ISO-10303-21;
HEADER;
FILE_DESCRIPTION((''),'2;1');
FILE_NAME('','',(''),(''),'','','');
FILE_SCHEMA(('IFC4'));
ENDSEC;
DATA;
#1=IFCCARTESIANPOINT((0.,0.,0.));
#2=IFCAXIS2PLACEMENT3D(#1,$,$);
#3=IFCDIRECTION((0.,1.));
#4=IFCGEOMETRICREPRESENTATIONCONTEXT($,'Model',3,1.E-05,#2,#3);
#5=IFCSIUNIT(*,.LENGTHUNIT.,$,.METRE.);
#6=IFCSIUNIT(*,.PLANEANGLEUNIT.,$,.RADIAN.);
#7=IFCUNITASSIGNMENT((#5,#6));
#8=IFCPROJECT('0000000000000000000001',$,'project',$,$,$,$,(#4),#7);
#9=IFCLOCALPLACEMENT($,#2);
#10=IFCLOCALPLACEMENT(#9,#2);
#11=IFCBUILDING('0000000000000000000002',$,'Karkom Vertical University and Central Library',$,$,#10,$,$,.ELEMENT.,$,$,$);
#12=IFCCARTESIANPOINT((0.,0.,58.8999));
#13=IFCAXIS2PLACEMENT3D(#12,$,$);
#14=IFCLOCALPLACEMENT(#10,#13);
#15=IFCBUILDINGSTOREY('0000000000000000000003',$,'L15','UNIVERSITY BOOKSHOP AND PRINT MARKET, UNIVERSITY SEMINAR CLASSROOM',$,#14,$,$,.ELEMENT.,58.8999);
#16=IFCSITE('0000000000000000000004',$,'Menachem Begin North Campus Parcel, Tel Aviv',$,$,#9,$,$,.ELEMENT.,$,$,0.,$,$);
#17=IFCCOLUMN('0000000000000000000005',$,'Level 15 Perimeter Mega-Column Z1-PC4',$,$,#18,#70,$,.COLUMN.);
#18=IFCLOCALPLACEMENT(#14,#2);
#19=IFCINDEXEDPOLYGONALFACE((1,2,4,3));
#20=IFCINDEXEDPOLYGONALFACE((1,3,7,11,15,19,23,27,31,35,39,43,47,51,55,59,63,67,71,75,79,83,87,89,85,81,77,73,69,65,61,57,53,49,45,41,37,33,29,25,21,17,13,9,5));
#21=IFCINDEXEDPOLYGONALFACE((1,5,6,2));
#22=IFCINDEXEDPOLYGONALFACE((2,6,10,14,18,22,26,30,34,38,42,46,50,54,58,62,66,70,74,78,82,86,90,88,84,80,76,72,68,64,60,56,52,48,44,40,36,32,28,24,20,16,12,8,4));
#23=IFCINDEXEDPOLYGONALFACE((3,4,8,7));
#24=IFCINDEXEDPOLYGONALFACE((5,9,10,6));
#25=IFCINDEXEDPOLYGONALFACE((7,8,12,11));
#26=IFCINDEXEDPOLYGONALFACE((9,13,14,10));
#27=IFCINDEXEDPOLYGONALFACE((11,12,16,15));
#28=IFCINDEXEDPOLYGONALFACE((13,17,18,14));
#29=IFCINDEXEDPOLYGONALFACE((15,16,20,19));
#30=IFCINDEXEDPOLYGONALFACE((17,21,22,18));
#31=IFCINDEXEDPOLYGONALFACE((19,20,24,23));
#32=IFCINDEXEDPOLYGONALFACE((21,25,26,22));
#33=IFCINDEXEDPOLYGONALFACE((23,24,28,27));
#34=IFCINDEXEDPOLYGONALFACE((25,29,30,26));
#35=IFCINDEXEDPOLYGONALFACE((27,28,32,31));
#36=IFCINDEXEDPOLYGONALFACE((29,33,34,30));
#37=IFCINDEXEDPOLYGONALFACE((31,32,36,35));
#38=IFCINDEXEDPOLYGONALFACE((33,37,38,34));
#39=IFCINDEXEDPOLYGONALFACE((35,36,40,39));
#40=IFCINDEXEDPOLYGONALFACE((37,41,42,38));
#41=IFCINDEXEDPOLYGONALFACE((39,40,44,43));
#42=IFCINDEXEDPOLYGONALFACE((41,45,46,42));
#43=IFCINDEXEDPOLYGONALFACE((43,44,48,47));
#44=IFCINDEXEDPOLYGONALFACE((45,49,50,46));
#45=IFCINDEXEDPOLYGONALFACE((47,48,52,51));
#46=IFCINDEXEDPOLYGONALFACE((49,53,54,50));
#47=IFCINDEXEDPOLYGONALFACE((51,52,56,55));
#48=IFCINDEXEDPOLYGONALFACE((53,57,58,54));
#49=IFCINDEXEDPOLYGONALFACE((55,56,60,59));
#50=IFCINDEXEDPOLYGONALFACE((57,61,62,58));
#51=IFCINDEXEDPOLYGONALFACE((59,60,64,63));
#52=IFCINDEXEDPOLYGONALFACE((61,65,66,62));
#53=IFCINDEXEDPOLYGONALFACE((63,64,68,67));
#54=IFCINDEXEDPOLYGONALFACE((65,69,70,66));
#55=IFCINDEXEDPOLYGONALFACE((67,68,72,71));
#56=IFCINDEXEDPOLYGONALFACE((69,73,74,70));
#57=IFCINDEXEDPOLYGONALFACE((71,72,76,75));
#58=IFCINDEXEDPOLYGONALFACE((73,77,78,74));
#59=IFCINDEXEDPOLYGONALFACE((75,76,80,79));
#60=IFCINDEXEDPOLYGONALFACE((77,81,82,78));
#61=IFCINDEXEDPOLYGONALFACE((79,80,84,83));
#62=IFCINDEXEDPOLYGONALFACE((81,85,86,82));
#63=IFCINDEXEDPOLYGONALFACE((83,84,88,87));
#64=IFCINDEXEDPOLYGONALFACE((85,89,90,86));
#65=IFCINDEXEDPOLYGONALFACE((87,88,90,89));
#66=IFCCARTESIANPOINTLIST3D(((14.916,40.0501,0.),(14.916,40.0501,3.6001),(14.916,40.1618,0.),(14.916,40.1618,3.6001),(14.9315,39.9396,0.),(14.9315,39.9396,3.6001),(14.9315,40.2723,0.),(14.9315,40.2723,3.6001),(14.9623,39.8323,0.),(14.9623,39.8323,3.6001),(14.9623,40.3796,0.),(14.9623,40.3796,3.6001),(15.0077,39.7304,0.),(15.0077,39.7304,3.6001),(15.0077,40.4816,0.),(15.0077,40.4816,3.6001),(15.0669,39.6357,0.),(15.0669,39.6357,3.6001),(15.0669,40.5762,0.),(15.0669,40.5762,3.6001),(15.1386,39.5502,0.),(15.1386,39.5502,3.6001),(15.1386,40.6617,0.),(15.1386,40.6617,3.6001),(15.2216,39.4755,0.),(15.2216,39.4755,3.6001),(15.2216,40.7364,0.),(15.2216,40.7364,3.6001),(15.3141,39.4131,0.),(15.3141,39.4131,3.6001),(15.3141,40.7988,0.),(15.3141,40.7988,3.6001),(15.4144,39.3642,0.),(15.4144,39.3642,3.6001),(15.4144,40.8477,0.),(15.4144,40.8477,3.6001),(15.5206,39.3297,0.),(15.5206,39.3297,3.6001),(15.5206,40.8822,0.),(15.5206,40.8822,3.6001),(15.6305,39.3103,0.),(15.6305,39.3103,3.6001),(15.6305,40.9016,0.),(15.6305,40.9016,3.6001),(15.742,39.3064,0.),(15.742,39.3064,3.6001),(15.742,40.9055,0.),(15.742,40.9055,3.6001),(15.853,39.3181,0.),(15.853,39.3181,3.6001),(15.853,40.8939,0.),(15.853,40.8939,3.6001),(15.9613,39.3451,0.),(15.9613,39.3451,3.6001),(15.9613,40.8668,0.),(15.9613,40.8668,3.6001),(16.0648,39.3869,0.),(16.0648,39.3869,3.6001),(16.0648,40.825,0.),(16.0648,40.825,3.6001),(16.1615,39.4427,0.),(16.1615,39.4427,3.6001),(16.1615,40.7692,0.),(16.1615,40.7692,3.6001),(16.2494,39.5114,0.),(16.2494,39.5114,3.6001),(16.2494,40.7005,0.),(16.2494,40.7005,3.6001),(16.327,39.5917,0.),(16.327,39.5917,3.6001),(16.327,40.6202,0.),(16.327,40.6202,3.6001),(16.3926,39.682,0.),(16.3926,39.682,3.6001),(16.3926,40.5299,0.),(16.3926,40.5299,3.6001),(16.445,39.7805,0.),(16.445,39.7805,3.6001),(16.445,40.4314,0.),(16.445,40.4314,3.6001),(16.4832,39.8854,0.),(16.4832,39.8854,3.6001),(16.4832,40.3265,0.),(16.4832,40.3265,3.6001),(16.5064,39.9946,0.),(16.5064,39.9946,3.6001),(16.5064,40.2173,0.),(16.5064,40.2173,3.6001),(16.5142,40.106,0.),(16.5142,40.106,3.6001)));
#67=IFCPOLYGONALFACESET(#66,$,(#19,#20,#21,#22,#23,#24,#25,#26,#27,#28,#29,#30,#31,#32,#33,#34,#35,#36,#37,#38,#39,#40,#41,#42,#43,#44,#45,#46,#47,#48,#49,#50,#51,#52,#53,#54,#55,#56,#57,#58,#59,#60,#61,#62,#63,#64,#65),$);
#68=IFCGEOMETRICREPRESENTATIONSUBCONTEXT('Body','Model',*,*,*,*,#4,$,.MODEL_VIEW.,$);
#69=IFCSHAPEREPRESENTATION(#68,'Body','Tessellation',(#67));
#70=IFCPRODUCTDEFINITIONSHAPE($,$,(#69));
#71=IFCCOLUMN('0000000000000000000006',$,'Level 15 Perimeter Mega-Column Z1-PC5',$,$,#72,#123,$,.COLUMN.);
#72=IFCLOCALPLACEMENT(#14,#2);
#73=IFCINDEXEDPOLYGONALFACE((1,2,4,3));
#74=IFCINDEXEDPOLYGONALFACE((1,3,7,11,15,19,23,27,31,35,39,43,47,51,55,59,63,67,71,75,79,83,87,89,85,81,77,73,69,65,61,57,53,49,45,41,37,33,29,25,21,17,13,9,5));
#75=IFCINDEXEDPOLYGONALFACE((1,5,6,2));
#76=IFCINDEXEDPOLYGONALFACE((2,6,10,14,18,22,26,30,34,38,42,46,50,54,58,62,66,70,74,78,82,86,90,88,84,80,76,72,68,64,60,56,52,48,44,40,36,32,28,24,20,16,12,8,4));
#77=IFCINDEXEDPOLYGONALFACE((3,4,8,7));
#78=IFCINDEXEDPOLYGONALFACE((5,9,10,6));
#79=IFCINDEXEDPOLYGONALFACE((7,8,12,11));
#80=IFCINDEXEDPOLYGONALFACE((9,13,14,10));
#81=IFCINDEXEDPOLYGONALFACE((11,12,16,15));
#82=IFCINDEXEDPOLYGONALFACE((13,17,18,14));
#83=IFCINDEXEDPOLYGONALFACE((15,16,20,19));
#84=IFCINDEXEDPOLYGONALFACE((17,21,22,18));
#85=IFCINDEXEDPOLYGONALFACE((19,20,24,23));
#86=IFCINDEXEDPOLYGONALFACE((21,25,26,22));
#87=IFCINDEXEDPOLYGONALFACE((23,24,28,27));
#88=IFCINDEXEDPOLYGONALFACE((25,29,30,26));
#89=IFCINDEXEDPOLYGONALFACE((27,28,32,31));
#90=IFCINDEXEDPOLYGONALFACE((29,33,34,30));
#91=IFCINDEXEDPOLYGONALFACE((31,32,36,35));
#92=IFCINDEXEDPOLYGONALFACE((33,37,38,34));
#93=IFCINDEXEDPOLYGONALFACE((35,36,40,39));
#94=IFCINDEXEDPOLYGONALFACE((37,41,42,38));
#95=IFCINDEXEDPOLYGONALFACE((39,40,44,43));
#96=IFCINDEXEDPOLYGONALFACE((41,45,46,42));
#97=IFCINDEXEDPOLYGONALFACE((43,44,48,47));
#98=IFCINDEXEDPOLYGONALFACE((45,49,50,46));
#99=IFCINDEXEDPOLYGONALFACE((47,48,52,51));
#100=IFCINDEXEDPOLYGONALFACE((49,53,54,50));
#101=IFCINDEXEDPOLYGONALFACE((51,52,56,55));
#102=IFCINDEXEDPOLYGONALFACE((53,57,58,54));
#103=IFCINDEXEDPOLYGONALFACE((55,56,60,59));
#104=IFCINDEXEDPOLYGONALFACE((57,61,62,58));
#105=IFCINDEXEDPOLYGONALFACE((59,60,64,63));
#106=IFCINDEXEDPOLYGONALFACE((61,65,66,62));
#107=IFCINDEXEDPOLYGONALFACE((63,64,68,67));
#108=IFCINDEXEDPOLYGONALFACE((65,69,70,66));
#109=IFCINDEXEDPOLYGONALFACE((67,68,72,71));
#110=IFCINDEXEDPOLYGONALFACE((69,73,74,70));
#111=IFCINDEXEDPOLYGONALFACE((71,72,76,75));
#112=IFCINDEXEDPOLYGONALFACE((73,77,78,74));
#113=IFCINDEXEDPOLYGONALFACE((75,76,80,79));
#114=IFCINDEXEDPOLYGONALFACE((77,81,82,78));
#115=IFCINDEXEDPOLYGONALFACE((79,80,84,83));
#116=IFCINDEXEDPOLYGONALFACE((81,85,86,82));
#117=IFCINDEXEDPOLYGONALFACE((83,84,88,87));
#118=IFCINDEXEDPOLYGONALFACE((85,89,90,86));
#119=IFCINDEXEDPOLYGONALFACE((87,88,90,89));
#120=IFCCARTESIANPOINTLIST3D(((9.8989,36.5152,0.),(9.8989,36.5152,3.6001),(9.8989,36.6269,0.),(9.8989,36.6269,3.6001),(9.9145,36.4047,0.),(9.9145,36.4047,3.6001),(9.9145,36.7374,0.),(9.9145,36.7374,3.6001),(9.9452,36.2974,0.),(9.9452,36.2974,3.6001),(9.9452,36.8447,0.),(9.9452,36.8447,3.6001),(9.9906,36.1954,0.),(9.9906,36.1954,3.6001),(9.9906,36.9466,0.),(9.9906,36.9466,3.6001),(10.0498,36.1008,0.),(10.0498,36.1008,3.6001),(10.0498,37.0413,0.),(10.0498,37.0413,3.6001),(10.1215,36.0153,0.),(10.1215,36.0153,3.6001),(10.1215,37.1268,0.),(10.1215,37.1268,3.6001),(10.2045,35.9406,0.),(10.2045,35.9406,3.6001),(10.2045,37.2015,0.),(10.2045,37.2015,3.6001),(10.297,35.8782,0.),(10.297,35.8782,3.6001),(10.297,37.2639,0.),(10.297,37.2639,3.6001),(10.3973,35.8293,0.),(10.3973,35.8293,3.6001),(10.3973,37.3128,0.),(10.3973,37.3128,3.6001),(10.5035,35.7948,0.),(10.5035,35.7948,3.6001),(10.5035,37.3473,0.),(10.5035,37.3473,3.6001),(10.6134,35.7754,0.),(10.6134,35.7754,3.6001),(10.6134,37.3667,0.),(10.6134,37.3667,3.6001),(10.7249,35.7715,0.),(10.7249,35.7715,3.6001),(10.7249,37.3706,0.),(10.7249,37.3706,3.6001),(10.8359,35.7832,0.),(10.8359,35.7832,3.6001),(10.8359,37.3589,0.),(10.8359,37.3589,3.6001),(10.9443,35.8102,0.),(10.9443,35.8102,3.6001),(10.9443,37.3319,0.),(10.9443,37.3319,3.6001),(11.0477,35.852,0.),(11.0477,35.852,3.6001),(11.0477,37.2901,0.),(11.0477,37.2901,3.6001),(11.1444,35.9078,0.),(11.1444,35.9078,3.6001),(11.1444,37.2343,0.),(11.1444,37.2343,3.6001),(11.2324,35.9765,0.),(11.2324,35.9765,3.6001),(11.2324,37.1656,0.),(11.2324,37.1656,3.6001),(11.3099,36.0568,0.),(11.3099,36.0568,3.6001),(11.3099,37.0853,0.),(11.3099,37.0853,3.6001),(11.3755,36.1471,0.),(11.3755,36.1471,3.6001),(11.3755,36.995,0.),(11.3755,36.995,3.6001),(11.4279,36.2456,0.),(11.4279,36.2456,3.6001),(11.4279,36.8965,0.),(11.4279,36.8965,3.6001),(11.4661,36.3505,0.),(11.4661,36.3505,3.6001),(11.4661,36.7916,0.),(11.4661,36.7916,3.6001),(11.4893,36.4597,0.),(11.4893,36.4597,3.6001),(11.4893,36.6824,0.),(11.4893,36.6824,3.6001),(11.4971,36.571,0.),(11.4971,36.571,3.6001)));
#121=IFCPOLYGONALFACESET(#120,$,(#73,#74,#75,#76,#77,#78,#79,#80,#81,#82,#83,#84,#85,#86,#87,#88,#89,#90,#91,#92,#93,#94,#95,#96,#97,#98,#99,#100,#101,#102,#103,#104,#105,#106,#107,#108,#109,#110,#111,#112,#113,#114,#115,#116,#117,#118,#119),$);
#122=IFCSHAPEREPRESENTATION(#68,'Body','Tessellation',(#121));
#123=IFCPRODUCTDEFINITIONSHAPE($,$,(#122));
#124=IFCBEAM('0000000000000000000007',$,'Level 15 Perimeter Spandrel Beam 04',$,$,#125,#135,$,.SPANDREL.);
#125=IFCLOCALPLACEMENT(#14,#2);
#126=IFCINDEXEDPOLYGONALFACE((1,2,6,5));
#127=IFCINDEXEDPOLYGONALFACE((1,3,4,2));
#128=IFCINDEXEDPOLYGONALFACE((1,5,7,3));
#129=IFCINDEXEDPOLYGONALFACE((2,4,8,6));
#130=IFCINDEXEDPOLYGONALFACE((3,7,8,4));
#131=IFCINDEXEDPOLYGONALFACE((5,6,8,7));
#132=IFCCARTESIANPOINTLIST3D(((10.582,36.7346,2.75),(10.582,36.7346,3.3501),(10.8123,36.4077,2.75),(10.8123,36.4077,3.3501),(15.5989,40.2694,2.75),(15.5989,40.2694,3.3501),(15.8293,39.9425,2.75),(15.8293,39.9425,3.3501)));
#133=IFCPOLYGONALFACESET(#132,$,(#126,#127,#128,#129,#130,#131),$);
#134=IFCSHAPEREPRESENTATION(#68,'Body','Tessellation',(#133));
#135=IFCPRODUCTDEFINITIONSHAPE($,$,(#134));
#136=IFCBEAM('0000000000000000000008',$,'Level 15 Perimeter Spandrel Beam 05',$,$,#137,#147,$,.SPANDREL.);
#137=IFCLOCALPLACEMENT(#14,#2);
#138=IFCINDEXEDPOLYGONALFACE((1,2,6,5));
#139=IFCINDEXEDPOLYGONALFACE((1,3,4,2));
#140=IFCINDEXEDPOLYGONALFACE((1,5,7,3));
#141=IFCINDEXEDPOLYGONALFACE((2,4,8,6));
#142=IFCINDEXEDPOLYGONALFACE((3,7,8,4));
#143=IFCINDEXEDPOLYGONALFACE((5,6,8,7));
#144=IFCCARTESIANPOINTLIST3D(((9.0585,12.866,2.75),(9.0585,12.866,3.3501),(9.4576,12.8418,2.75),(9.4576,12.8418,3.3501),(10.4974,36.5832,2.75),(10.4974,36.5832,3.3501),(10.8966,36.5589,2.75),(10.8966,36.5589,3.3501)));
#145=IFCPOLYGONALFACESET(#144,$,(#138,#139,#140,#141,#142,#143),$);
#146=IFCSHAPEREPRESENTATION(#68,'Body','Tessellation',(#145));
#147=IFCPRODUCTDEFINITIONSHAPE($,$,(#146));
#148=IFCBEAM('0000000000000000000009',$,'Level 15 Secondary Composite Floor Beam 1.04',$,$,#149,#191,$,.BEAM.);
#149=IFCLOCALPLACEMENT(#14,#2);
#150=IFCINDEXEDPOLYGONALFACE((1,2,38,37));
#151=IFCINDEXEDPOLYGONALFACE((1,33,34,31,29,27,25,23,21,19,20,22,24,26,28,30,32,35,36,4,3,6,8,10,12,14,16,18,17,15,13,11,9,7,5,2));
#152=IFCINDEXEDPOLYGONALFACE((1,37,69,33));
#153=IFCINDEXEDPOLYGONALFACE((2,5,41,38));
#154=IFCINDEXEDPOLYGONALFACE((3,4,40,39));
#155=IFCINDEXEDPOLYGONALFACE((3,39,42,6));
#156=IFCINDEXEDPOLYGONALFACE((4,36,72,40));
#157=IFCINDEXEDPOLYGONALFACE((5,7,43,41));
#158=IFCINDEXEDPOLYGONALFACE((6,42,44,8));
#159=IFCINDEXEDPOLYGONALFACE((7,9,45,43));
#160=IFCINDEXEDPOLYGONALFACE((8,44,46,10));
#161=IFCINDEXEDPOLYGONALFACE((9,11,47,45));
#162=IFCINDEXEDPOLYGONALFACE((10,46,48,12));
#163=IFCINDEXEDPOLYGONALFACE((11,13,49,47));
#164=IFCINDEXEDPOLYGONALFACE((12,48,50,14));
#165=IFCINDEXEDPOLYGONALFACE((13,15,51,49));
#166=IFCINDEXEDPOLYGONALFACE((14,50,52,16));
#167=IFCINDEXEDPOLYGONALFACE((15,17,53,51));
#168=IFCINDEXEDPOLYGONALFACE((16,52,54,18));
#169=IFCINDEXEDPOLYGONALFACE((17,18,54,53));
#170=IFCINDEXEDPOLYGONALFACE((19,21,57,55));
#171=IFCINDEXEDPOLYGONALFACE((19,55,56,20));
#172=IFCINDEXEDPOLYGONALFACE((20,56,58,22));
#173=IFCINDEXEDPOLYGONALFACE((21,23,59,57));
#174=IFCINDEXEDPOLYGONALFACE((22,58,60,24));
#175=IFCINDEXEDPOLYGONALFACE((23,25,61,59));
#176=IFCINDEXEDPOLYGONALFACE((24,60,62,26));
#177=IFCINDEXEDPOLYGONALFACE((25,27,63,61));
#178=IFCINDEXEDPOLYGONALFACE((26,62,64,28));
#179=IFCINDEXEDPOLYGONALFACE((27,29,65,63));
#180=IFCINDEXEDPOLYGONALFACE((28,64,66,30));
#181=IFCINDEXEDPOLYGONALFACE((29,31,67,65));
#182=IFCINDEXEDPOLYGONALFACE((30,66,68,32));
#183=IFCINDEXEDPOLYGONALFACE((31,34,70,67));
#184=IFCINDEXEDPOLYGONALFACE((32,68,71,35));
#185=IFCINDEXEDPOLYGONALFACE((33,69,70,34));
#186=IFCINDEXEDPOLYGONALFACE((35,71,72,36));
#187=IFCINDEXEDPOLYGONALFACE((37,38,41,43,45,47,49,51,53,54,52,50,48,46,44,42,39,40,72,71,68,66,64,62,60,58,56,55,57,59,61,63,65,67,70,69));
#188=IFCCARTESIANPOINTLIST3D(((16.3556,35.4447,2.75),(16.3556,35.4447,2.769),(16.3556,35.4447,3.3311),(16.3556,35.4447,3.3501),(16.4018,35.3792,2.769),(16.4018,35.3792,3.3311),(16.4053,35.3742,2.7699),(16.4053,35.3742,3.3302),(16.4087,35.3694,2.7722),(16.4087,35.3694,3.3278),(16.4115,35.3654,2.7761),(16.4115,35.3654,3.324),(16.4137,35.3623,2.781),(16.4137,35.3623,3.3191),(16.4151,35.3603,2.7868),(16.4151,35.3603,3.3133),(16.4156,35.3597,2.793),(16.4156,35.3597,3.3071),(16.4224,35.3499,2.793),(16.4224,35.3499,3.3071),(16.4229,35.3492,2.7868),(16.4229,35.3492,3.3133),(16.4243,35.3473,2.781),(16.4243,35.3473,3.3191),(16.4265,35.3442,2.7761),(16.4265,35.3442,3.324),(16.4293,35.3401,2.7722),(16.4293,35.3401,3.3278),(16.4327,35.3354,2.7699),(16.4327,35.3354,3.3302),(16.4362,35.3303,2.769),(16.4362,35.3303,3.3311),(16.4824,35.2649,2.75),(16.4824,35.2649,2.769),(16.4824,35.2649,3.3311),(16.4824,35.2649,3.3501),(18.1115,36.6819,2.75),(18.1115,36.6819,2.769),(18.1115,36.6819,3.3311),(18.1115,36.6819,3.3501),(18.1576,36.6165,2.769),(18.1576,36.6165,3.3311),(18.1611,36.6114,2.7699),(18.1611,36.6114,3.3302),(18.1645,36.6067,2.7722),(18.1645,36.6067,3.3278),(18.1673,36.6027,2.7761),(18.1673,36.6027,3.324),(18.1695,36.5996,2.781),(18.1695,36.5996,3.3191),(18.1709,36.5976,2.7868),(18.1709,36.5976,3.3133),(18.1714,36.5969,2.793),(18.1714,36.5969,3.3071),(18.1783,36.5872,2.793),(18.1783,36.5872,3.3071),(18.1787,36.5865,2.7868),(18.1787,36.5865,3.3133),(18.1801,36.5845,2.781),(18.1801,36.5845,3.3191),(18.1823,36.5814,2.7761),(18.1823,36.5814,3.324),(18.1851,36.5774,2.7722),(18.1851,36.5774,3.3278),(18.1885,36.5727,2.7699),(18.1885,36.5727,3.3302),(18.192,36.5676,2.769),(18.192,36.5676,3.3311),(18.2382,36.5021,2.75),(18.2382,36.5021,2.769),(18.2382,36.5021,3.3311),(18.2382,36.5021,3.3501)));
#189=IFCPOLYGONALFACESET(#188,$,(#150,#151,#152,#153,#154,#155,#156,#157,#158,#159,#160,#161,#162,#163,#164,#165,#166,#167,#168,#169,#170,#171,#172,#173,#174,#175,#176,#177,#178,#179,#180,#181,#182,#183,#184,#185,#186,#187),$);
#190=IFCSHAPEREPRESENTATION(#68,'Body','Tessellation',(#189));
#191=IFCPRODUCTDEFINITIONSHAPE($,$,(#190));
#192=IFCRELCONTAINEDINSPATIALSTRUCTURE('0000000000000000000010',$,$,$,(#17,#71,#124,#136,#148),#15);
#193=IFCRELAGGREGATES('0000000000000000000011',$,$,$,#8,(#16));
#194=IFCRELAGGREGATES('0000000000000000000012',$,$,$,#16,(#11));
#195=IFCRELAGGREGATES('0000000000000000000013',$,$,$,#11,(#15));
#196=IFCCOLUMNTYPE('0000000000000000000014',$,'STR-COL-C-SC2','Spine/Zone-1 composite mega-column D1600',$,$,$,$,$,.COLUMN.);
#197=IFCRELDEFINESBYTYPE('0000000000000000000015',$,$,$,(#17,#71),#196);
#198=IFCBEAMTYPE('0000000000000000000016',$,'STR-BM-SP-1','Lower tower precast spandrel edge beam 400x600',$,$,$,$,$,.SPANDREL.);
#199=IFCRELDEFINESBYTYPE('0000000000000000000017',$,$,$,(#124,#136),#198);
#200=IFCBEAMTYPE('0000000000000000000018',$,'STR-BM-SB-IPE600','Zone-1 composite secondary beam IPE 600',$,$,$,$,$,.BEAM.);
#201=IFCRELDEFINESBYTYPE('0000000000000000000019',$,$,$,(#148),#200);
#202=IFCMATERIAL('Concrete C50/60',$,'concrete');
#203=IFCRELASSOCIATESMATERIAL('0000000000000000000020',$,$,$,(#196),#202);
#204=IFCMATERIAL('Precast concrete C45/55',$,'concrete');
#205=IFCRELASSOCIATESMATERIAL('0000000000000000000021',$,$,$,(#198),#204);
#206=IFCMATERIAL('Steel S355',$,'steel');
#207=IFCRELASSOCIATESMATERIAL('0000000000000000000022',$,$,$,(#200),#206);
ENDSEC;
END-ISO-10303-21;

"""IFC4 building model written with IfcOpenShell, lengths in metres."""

from ifc_helpers import new_model, si_unit, direction, frame, origin, origin_with_axes, origin_2d, place, context, subcontext, project, spatial, rectangle, circle, i_section, extrude, source, transform, mapped, material, material_profile, profile_set, type_object, element, save


model = new_model("IFC4")

# Units and contexts
model_context = context("Model", 3, precision=1e-05, world=origin(), true_north=direction((0.0, 1.0)))
body_context = subcontext(model_context, "Body", "Model", "MODEL_VIEW")
ifc_project = project(units=[si_unit("LENGTHUNIT", "METRE"), si_unit("PLANEANGLEUNIT", "RADIAN")], contexts=[model_context])

# Site, building, storey
site_placement = place(None, origin())
site = spatial("IfcSite", under=ifc_project, at=site_placement, Name="Menachem Begin North Campus Parcel, Tel Aviv", CompositionType="ELEMENT", RefElevation=0.0)
building_placement = place(site_placement, origin())
building = spatial("IfcBuilding", under=site, at=building_placement, Name="Karkom Vertical University and Central Library", CompositionType="ELEMENT")
storey_placement = place(building_placement, frame((0.0, 0.0, 58.8999)))
storey = spatial("IfcBuildingStorey", under=building, at=storey_placement, Name="L15", Description="UNIVERSITY BOOKSHOP AND PRINT MARKET, UNIVERSITY SEMINAR CLASSROOM", CompositionType="ELEMENT", Elevation=58.8999)

# Columns
ifc_material_1 = material(Name="Concrete C50/60", Category="concrete")
ifc_material_profile_1 = material_profile(ifc_material_1, circle(Radius=0.8, at=origin_2d()), Name="CFT-D1600")
ifc_profile_set_1 = profile_set([ifc_material_profile_1], Name="Concrete C50/60")
column_type = type_object("IfcColumnType", Name="STR-COL-C-SC2", Description="Spine/Zone-1 composite mega-column D1600", PredefinedType="COLUMN", material=ifc_profile_set_1)
shared_shape_1 = source(origin_with_axes(), body_context, "Body", "SweptSolid", [
    extrude(circle(Radius=0.8, at=origin_2d()), origin(), (0.0, 0.0, 1.0), 3.6001),
])
for number, where, z_axis, x_axis, name in (
    (1, (15.7141, 40.106, 0.0), (0.0, 0.0, 1.0), (1.0, 0.0, 0.0), "Level 15 Perimeter Mega-Column Z1-PC4"),
    (2, (10.697, 36.571, 0.0), (0.0, 0.0, 1.0), (1.0, 0.0, 0.0), "Level 15 Perimeter Mega-Column Z1-PC5"),
):
    element("IfcColumn", number, at=place(storey_placement, frame(where, z_axis=z_axis, x_axis=x_axis)), inside=storey, type_object=column_type, Name=name, PredefinedType="COLUMN", context=body_context, shape_type="MappedRepresentation", body=[
        mapped(shared_shape_1, transform((0.0, 0.0, 0.0), scale=1.0)),
    ])

# Beams
ifc_material_2 = material(Name="Precast concrete C45/55", Category="concrete")
ifc_material_profile_2 = material_profile(ifc_material_2, rectangle(XDim=0.3999, YDim=0.6001, at=origin_2d()), Name="SPB-400x600")
ifc_profile_set_2 = profile_set([ifc_material_profile_2], Name="Precast concrete C45/55")
beam_type_1 = type_object("IfcBeamType", Name="STR-BM-SP-1", Description="Lower tower precast spandrel edge beam 400x600", PredefinedType="SPANDREL", material=ifc_profile_set_2)
shared_shape_2 = source(origin_with_axes(), body_context, "Body", "SweptSolid", [
    extrude(rectangle(XDim=0.3999, YDim=0.6001, at=origin_2d()), origin(), (0.0, 0.0, 1.0), 6.1372),
])
beam_1_placement = place(storey_placement, frame((15.7141, 40.106, 3.05), z_axis=(-0.817471, -0.575969, 0.0), x_axis=(0.575969, -0.817471, 0.0)))
element("IfcBeam", 3, at=beam_1_placement, inside=storey, type_object=beam_type_1, Name="Level 15 Perimeter Spandrel Beam 04", PredefinedType="SPANDREL", context=body_context, shape_type="MappedRepresentation", body=[
    mapped(shared_shape_2, transform((0.0, 0.0, 0.0), scale=1.0)),
])
shared_shape_3 = source(origin_with_axes(), body_context, "Body", "SweptSolid", [
    extrude(rectangle(XDim=0.3999, YDim=0.6001, at=origin_2d()), origin(), (0.0, 0.0, 1.0), 23.7607),
])
beam_2_placement = place(storey_placement, frame((10.697, 36.571, 3.05), z_axis=(-0.060561, -0.998165, 0.0), x_axis=(0.998165, -0.060561, 0.0)))
element("IfcBeam", 4, at=beam_2_placement, inside=storey, type_object=beam_type_1, Name="Level 15 Perimeter Spandrel Beam 05", PredefinedType="SPANDREL", context=body_context, shape_type="MappedRepresentation", body=[
    mapped(shared_shape_3, transform((0.0, 0.0, 0.0), scale=1.0)),
])
ifc_material_3 = material(Name="Steel S355", Category="steel")
ifc_material_profile_3 = material_profile(ifc_material_3, i_section(OverallWidth=0.22, OverallDepth=0.6001, WebThickness=0.012, FlangeThickness=0.019, FilletRadius=0.0239, at=origin_2d()), Name="IPE 600")
ifc_profile_set_3 = profile_set([ifc_material_profile_3], Name="Steel S355")
beam_type_2 = type_object("IfcBeamType", Name="STR-BM-SB-IPE600", Description="Zone-1 composite secondary beam IPE 600", PredefinedType="BEAM", material=ifc_profile_set_3)
shared_shape_4 = source(origin_with_axes(), body_context, "Body", "SweptSolid", [
    extrude(i_section(OverallWidth=0.22, OverallDepth=0.6001, WebThickness=0.012, FlangeThickness=0.019, FilletRadius=0.0239, at=origin_2d()), origin(), (0.0, 0.0, 1.0), 2.1479),
])
beam_3_placement = place(storey_placement, frame((18.1748, 36.592, 3.05), z_axis=(-0.817434, -0.576023, 0.0), x_axis=(0.576023, -0.817434, 0.0)))
element("IfcBeam", 5, at=beam_3_placement, inside=storey, type_object=beam_type_2, Name="Level 15 Secondary Composite Floor Beam 1.04", PredefinedType="BEAM", context=body_context, shape_type="MappedRepresentation", body=[
    mapped(shared_shape_4, transform((0.0, 0.0, 0.0), scale=1.0)),
])

save(model, "model.ifc")
